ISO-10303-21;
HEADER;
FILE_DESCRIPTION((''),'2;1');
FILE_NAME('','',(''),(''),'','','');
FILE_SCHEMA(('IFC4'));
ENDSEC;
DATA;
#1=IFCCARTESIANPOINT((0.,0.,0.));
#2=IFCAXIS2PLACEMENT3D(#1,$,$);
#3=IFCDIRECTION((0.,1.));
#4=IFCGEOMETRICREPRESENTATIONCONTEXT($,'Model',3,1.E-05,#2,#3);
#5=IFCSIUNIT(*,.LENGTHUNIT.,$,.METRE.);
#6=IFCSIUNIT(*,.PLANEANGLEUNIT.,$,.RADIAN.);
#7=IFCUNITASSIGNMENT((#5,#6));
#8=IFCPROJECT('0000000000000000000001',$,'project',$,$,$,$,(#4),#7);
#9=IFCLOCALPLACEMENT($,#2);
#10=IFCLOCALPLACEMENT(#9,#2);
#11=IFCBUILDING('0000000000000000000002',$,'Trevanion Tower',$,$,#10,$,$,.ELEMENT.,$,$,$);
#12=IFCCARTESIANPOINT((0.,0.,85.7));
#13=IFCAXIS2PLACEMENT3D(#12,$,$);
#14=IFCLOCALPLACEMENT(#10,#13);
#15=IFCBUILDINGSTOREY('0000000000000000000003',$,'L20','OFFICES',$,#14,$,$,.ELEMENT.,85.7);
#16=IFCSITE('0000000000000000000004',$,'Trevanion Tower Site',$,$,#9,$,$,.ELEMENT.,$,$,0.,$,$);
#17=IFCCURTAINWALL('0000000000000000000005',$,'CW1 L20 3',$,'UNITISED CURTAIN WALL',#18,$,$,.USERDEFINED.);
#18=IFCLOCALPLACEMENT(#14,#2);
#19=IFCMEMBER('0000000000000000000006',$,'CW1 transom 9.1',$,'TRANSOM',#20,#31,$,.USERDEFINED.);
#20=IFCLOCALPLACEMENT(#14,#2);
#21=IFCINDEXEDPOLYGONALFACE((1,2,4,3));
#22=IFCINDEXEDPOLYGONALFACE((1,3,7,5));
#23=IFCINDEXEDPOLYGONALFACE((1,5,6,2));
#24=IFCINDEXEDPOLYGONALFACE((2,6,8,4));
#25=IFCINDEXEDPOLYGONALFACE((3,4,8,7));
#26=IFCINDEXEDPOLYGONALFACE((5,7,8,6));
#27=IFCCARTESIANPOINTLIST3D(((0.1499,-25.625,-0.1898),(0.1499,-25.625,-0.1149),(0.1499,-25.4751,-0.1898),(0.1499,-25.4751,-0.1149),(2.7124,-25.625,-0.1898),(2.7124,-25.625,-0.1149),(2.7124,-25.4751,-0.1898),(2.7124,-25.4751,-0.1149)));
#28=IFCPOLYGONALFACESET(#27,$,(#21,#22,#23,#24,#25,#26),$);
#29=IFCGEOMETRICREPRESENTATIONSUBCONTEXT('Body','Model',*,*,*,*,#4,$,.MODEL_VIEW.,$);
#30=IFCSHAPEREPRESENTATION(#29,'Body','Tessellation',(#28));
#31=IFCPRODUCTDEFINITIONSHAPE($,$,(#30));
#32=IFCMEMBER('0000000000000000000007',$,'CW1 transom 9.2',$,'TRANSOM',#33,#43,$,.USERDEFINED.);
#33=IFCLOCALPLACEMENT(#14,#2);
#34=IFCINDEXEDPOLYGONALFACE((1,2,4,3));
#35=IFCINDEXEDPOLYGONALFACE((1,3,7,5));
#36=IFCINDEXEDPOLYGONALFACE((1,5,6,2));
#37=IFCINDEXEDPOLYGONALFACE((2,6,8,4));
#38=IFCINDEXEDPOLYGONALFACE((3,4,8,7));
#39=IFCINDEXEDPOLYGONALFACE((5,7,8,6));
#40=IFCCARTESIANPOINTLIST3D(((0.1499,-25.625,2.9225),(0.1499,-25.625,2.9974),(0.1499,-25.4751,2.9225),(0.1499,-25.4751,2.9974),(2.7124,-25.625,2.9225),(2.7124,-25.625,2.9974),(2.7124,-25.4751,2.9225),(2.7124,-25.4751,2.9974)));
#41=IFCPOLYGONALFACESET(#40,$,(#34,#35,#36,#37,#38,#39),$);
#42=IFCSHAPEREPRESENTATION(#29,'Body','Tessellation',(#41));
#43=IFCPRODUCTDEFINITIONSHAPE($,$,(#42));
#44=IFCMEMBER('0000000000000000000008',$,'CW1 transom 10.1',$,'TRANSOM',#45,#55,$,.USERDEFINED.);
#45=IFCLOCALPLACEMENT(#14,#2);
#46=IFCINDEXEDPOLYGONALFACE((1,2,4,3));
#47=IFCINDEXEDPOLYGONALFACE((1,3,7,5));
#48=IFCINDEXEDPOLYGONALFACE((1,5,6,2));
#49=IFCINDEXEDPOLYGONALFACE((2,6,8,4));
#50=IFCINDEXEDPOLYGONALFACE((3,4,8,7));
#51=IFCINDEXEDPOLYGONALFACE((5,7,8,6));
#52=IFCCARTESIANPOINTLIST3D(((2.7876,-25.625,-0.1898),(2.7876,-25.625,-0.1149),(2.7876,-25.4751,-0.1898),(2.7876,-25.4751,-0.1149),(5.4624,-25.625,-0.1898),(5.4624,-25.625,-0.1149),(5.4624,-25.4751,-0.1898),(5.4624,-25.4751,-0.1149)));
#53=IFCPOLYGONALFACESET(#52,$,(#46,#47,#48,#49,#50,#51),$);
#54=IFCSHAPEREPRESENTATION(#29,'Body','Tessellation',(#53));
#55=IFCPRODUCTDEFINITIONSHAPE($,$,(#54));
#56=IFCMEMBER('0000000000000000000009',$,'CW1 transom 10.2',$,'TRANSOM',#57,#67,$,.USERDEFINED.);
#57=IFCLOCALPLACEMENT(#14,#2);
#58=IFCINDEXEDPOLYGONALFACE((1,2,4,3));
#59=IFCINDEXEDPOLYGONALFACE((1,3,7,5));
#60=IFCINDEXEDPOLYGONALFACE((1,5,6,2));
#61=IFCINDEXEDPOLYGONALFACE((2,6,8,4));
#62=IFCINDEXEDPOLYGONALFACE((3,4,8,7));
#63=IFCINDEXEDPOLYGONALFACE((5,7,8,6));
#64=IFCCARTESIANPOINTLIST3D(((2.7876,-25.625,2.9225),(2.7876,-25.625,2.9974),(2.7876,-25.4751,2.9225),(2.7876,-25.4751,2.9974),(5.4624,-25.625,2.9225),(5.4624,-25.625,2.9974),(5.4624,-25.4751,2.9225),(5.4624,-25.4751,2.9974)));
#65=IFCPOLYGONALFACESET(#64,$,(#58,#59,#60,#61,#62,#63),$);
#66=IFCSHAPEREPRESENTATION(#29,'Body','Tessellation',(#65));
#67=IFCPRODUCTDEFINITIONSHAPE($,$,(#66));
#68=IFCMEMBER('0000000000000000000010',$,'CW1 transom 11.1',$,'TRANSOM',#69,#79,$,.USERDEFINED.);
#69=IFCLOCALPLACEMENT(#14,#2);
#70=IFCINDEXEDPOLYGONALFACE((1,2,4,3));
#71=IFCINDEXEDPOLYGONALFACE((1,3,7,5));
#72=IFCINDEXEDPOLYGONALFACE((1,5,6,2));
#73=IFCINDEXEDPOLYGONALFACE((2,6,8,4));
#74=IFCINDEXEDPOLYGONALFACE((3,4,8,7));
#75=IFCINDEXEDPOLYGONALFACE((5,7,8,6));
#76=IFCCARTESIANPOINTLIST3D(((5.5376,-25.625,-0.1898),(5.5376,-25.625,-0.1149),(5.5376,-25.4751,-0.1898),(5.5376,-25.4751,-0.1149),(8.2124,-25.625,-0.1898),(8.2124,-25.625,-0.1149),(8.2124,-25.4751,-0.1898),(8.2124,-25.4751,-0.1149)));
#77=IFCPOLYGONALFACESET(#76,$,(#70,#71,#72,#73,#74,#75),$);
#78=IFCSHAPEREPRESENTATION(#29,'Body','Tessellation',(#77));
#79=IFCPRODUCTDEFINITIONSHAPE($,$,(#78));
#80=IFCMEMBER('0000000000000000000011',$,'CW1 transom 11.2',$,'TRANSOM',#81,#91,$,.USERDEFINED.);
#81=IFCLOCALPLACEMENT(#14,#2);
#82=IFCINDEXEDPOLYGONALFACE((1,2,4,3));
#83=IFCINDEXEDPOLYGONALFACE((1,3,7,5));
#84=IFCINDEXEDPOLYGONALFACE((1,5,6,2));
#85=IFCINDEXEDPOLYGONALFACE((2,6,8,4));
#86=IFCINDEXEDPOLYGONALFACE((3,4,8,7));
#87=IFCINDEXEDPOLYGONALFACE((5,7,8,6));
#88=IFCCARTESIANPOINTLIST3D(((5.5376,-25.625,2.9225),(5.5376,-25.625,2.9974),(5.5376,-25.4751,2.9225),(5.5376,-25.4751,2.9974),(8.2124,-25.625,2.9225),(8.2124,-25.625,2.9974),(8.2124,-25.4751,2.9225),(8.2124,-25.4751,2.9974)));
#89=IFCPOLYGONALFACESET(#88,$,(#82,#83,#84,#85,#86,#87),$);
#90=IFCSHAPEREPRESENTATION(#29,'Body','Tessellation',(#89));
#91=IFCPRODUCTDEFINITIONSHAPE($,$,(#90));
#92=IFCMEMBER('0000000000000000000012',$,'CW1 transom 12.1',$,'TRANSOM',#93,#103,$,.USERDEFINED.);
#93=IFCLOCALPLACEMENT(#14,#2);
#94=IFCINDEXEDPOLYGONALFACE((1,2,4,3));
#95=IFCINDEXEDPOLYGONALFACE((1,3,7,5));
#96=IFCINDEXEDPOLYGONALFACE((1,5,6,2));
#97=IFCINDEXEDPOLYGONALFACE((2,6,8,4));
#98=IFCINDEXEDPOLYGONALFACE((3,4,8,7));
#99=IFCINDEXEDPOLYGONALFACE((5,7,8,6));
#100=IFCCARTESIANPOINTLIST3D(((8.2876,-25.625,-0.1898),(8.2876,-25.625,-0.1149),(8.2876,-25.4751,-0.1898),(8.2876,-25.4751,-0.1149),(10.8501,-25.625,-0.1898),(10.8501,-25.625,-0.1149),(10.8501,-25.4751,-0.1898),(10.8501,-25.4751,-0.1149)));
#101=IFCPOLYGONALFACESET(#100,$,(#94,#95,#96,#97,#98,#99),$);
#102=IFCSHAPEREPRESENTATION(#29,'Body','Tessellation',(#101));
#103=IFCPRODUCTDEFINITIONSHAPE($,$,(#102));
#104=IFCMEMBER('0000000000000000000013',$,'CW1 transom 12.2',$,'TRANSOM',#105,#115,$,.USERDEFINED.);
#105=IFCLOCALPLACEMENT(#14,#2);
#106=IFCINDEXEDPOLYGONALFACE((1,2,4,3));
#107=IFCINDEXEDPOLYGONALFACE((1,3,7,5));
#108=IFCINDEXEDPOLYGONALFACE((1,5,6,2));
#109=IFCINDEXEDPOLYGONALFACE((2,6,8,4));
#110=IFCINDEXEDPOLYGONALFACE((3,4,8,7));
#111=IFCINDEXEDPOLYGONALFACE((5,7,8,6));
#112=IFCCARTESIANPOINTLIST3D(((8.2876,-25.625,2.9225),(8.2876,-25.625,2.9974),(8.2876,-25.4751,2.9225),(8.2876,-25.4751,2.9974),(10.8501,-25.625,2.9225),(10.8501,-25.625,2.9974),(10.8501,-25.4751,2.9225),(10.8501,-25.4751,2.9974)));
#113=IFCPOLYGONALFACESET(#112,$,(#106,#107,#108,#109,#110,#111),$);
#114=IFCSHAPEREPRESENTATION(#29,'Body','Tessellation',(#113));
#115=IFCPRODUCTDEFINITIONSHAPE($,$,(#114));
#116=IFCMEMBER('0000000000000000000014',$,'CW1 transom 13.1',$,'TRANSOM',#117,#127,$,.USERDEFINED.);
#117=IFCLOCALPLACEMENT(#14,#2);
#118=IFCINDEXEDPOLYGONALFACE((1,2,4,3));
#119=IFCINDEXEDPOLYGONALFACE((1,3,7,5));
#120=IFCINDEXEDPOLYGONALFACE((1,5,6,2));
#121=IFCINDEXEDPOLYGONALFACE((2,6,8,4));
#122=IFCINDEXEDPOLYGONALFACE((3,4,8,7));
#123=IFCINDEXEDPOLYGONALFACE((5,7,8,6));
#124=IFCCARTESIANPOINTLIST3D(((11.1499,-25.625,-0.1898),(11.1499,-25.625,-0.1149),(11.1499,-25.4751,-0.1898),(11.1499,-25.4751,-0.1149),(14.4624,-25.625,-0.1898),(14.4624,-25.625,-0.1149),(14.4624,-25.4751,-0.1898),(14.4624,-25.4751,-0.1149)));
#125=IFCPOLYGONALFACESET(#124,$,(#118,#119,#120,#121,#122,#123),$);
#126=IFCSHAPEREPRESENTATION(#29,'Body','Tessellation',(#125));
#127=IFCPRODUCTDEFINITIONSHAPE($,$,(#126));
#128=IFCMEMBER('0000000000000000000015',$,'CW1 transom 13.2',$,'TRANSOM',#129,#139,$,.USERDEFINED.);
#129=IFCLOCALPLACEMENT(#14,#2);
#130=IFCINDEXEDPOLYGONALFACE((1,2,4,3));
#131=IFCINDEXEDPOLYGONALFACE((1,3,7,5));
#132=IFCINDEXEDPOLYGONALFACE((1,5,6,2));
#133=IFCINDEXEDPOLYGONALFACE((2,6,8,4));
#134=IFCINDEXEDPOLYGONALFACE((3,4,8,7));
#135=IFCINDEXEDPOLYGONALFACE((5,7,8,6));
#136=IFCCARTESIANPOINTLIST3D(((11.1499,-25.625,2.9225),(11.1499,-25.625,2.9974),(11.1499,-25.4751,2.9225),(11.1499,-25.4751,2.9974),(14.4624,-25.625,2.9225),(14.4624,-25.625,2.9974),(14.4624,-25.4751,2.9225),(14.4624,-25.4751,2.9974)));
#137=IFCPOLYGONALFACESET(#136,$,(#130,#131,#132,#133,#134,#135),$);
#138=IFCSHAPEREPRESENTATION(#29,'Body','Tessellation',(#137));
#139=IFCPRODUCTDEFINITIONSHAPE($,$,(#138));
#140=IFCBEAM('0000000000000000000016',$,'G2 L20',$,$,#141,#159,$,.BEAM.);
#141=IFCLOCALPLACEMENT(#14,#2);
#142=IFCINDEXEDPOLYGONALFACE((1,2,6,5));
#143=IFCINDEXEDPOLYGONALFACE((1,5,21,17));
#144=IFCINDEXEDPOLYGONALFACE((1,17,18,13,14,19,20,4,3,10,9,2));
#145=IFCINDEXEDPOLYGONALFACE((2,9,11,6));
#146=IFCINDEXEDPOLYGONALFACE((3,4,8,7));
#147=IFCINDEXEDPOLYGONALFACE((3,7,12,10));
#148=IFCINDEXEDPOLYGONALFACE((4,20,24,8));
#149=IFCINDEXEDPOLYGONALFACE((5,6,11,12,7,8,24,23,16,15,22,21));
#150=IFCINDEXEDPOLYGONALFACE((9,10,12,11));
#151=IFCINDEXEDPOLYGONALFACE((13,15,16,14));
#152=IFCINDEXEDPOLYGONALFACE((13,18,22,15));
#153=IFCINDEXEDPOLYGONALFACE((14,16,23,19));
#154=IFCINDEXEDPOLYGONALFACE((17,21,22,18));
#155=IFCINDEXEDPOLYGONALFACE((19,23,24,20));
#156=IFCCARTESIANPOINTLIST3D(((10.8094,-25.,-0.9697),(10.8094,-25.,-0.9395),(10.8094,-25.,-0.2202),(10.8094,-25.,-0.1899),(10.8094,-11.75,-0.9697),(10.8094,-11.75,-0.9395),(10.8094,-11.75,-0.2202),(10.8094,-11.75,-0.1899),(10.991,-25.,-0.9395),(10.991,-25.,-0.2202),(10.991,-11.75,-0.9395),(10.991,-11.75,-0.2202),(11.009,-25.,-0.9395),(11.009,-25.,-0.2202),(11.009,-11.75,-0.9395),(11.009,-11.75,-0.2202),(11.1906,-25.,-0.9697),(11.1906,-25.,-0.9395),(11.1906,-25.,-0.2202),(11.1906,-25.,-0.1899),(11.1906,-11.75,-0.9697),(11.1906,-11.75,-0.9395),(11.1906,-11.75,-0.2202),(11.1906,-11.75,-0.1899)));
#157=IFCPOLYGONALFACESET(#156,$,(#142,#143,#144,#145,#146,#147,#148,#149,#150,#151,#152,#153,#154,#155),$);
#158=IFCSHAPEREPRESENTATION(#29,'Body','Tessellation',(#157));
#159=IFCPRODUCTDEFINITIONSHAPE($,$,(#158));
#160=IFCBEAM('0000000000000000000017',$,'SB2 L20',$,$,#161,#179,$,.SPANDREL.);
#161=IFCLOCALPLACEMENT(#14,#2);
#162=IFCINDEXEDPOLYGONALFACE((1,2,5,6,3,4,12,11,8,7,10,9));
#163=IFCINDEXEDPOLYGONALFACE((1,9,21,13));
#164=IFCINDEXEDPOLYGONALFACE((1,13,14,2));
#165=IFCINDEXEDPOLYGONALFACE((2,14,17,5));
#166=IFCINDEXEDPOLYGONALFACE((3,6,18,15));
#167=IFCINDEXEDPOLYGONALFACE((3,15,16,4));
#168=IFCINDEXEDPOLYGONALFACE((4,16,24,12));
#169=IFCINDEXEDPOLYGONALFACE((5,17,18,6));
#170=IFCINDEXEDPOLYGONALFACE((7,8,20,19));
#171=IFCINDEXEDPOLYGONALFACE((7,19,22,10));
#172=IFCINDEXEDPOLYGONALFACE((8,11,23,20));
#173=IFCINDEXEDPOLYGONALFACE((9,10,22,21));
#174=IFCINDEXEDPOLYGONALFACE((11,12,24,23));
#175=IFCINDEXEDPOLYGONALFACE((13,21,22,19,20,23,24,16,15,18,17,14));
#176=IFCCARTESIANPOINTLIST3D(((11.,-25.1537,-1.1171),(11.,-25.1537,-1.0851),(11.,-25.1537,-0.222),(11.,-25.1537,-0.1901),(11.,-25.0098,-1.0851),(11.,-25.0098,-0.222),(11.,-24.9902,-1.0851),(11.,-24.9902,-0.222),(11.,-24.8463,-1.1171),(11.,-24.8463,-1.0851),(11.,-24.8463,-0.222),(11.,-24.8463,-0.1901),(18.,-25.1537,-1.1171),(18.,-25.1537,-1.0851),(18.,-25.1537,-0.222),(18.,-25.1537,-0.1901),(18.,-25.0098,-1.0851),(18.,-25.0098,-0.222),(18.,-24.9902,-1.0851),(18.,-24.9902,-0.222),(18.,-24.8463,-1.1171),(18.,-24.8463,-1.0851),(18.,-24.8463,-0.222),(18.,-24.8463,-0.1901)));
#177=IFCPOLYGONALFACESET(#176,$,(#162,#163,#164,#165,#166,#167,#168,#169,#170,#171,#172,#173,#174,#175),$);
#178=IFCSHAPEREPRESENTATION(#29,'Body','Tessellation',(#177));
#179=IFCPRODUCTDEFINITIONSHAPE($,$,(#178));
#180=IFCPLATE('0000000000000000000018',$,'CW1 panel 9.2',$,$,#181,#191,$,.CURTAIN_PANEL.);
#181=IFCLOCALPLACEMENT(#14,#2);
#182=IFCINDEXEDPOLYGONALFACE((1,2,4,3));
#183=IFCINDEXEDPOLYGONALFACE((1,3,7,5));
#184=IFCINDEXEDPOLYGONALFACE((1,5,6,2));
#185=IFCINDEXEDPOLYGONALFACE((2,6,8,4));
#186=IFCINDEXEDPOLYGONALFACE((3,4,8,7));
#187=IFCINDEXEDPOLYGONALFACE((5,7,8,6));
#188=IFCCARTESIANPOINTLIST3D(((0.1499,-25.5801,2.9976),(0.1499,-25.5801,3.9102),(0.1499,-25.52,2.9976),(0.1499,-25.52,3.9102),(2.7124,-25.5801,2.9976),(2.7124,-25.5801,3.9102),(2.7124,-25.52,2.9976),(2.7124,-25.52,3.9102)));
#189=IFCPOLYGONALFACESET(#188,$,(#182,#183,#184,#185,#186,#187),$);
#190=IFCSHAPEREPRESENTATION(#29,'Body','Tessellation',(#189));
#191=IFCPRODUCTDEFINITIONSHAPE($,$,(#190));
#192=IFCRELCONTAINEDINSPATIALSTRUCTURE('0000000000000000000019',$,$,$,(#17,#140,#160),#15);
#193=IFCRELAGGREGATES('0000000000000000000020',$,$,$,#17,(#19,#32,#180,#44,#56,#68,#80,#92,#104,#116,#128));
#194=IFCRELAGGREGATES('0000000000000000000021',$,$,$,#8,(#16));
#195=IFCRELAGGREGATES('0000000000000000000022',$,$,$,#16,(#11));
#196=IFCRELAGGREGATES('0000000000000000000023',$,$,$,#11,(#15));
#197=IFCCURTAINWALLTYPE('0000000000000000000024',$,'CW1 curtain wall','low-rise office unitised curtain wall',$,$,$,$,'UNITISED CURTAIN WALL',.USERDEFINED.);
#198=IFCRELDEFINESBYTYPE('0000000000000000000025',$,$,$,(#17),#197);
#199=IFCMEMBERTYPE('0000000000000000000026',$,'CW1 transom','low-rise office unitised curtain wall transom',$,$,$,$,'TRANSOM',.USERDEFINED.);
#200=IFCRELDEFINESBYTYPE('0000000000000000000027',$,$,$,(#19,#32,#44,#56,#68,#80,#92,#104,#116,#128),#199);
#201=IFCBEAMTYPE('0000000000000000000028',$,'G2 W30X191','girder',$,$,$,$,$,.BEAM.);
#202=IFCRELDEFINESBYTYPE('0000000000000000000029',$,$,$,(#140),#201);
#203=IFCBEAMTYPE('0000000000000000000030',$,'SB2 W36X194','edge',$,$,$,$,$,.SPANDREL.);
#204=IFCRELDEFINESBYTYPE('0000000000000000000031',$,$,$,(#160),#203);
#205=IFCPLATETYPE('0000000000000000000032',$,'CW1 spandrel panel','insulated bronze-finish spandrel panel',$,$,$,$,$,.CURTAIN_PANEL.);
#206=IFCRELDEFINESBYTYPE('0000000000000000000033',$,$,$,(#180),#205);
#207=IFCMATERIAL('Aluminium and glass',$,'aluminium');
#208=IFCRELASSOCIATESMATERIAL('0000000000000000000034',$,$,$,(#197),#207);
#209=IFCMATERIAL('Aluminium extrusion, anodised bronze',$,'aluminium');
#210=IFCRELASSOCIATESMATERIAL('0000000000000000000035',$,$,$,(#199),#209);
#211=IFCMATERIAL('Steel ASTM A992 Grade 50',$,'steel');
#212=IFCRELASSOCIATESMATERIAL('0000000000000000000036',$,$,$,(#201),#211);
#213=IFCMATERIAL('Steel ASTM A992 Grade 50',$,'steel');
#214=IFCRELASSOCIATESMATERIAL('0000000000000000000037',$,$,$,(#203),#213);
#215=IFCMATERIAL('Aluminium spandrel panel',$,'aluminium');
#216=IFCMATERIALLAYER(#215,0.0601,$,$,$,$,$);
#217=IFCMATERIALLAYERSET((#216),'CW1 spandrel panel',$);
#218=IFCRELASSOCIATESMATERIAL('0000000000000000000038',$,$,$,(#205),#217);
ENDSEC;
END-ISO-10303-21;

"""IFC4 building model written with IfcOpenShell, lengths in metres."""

from ifc_helpers import new_model, si_unit, direction, frame, origin, origin_2d, place, context, subcontext, project, spatial, rectangle, i_section, extrude, material, layer, layer_set, material_profile, profile_set, type_object, element, aggregate, save


model = new_model("IFC4")

# Units and contexts
model_context = context("Model", 3, precision=1e-05, world=origin(), true_north=direction((0.0, 1.0)))
body_context = subcontext(model_context, "Body", "Model", "MODEL_VIEW")
ifc_project = project(units=[si_unit("LENGTHUNIT", "METRE"), si_unit("PLANEANGLEUNIT", "RADIAN")], contexts=[model_context])

# Site, building, storey
site_placement = place(None, origin())
site = spatial("IfcSite", under=ifc_project, at=site_placement, Name="Trevanion Tower Site", CompositionType="ELEMENT", RefElevation=0.0)
building_placement = place(site_placement, origin())
building = spatial("IfcBuilding", under=site, at=building_placement, Name="Trevanion Tower", CompositionType="ELEMENT")
storey_placement = place(building_placement, frame((0.0, 0.0, 85.7)))
storey = spatial("IfcBuildingStorey", under=building, at=storey_placement, Name="L20", Description="OFFICES", CompositionType="ELEMENT", Elevation=85.7)

# Curtain wall, members
ifc_material_1 = material(Name="Aluminium and glass", Category="aluminium")
curtain_wall_type = type_object("IfcCurtainWallType", Name="CW1 curtain wall", Description="low-rise office unitised curtain wall", ElementType="UNITISED CURTAIN WALL", PredefinedType="USERDEFINED", material=ifc_material_1)
curtain_wall_placement = place(storey_placement, origin())
curtain_wall = element("IfcCurtainWall", 1, at=curtain_wall_placement, inside=storey, type_object=curtain_wall_type, Name="CW1 L20 3", ObjectType="UNITISED CURTAIN WALL", PredefinedType="USERDEFINED")
ifc_material_2 = material(Name="Aluminium extrusion, anodised bronze", Category="aluminium")
ifc_material_profile_1 = material_profile(ifc_material_2, rectangle(XDim=0.1499, YDim=0.075, at=origin_2d()), Name="CW1 transom")
ifc_profile_set_1 = profile_set([ifc_material_profile_1], Name="Aluminium extrusion, anodised bronze")
member_type_1 = type_object("IfcMemberType", Name="CW1 transom", Description="low-rise office unitised curtain wall transom", ElementType="TRANSOM", PredefinedType="USERDEFINED", material=ifc_profile_set_1)
member_1_placement = place(storey_placement, frame((0.1499, -25.55, -0.1523), z_axis=(1.0, 0.0, 0.0), x_axis=(0.0, 1.0, 0.0)))
member_1 = element("IfcMember", 2, at=member_1_placement, type_object=member_type_1, Name="CW1 transom 9.1", ObjectType="TRANSOM", PredefinedType="USERDEFINED", context=body_context, shape_type="SweptSolid", body=[
    extrude(rectangle(XDim=0.1499, YDim=0.075, at=origin_2d()), origin(), (0.0, 0.0, 1.0), 2.5625),
])
member_2_placement = place(storey_placement, frame((0.1499, -25.55, 2.96), z_axis=(1.0, 0.0, 0.0), x_axis=(0.0, 1.0, 0.0)))
member_2 = element("IfcMember", 3, at=member_2_placement, type_object=member_type_1, Name="CW1 transom 9.2", ObjectType="TRANSOM", PredefinedType="USERDEFINED", context=body_context, shape_type="SweptSolid", body=[
    extrude(rectangle(XDim=0.1499, YDim=0.075, at=origin_2d()), origin(), (0.0, 0.0, 1.0), 2.5625),
])
member_3_placement = place(storey_placement, frame((2.7876, -25.55, -0.1523), z_axis=(1.0, 0.0, 0.0), x_axis=(0.0, 1.0, 0.0)))
member_3 = element("IfcMember", 4, at=member_3_placement, type_object=member_type_1, Name="CW1 transom 10.1", ObjectType="TRANSOM", PredefinedType="USERDEFINED", context=body_context, shape_type="SweptSolid", body=[
    extrude(rectangle(XDim=0.1499, YDim=0.075, at=origin_2d()), origin(), (0.0, 0.0, 1.0), 2.6748),
])
member_4_placement = place(storey_placement, frame((2.7876, -25.55, 2.96), z_axis=(1.0, 0.0, 0.0), x_axis=(0.0, 1.0, 0.0)))
member_4 = element("IfcMember", 5, at=member_4_placement, type_object=member_type_1, Name="CW1 transom 10.2", ObjectType="TRANSOM", PredefinedType="USERDEFINED", context=body_context, shape_type="SweptSolid", body=[
    extrude(rectangle(XDim=0.1499, YDim=0.075, at=origin_2d()), origin(), (0.0, 0.0, 1.0), 2.6748),
])
member_5_placement = place(storey_placement, frame((5.5376, -25.55, -0.1523), z_axis=(1.0, 0.0, 0.0), x_axis=(0.0, 1.0, 0.0)))
member_5 = element("IfcMember", 6, at=member_5_placement, type_object=member_type_1, Name="CW1 transom 11.1", ObjectType="TRANSOM", PredefinedType="USERDEFINED", context=body_context, shape_type="SweptSolid", body=[
    extrude(rectangle(XDim=0.1499, YDim=0.075, at=origin_2d()), origin(), (0.0, 0.0, 1.0), 2.6748),
])
member_6_placement = place(storey_placement, frame((5.5376, -25.55, 2.96), z_axis=(1.0, 0.0, 0.0), x_axis=(0.0, 1.0, 0.0)))
member_6 = element("IfcMember", 7, at=member_6_placement, type_object=member_type_1, Name="CW1 transom 11.2", ObjectType="TRANSOM", PredefinedType="USERDEFINED", context=body_context, shape_type="SweptSolid", body=[
    extrude(rectangle(XDim=0.1499, YDim=0.075, at=origin_2d()), origin(), (0.0, 0.0, 1.0), 2.6748),
])
member_7_placement = place(storey_placement, frame((8.2876, -25.55, -0.1523), z_axis=(1.0, 0.0, 0.0), x_axis=(0.0, 1.0, 0.0)))
member_7 = element("IfcMember", 8, at=member_7_placement, type_object=member_type_1, Name="CW1 transom 12.1", ObjectType="TRANSOM", PredefinedType="USERDEFINED", context=body_context, shape_type="SweptSolid", body=[
    extrude(rectangle(XDim=0.1499, YDim=0.075, at=origin_2d()), origin(), (0.0, 0.0, 1.0), 2.5625),
])
member_8_placement = place(storey_placement, frame((8.2876, -25.55, 2.96), z_axis=(1.0, 0.0, 0.0), x_axis=(0.0, 1.0, 0.0)))
member_8 = element("IfcMember", 9, at=member_8_placement, type_object=member_type_1, Name="CW1 transom 12.2", ObjectType="TRANSOM", PredefinedType="USERDEFINED", context=body_context, shape_type="SweptSolid", body=[
    extrude(rectangle(XDim=0.1499, YDim=0.075, at=origin_2d()), origin(), (0.0, 0.0, 1.0), 2.5625),
])
member_9_placement = place(storey_placement, frame((11.1499, -25.55, -0.1523), z_axis=(1.0, 0.0, 0.0), x_axis=(0.0, 1.0, 0.0)))
member_9 = element("IfcMember", 10, at=member_9_placement, type_object=member_type_1, Name="CW1 transom 13.1", ObjectType="TRANSOM", PredefinedType="USERDEFINED", context=body_context, shape_type="SweptSolid", body=[
    extrude(rectangle(XDim=0.1499, YDim=0.075, at=origin_2d()), origin(), (0.0, 0.0, 1.0), 3.3125),
])
member_10_placement = place(storey_placement, frame((11.1499, -25.55, 2.96), z_axis=(1.0, 0.0, 0.0), x_axis=(0.0, 1.0, 0.0)))
member_10 = element("IfcMember", 11, at=member_10_placement, type_object=member_type_1, Name="CW1 transom 13.2", ObjectType="TRANSOM", PredefinedType="USERDEFINED", context=body_context, shape_type="SweptSolid", body=[
    extrude(rectangle(XDim=0.1499, YDim=0.075, at=origin_2d()), origin(), (0.0, 0.0, 1.0), 3.3125),
])

# Beams
ifc_material_3 = material(Name="Steel ASTM A992 Grade 50", Category="steel")
ifc_material_profile_2 = material_profile(ifc_material_3, i_section(OverallWidth=0.3811, OverallDepth=0.7798, WebThickness=0.0181, FlangeThickness=0.0303, at=origin_2d()), Name="W30X191")
ifc_profile_set_2 = profile_set([ifc_material_profile_2], Name="Steel ASTM A992 Grade 50")
beam_type_1 = type_object("IfcBeamType", Name="G2 W30X191", Description="girder", PredefinedType="BEAM", material=ifc_profile_set_2)
beam_1_placement = place(storey_placement, frame((11.0, -11.75, -0.5798), z_axis=(0.0, -1.0, 0.0), x_axis=(1.0, 0.0, 0.0)))
element("IfcBeam", 12, at=beam_1_placement, inside=storey, type_object=beam_type_1, Name="G2 L20", PredefinedType="BEAM", context=body_context, shape_type="SweptSolid", body=[
    extrude(i_section(OverallWidth=0.3811, OverallDepth=0.7798, WebThickness=0.0181, FlangeThickness=0.0303, at=origin_2d()), origin(), (0.0, 0.0, 1.0), 13.25),
])
ifc_material_4 = material(Name="Steel ASTM A992 Grade 50", Category="steel")
ifc_material_profile_3 = material_profile(ifc_material_4, i_section(OverallWidth=0.3074, OverallDepth=0.927, WebThickness=0.0195, FlangeThickness=0.032, at=origin_2d()), Name="W36X194")
ifc_profile_set_3 = profile_set([ifc_material_profile_3], Name="Steel ASTM A992 Grade 50")
beam_type_2 = type_object("IfcBeamType", Name="SB2 W36X194", Description="edge", PredefinedType="SPANDREL", material=ifc_profile_set_3)
beam_2_placement = place(storey_placement, frame((11.0, -25.0, -0.6536), z_axis=(1.0, 0.0, 0.0), x_axis=(0.0, 1.0, 0.0)))
element("IfcBeam", 13, at=beam_2_placement, inside=storey, type_object=beam_type_2, Name="SB2 L20", PredefinedType="SPANDREL", context=body_context, shape_type="SweptSolid", body=[
    extrude(i_section(OverallWidth=0.3074, OverallDepth=0.927, WebThickness=0.0195, FlangeThickness=0.032, at=origin_2d()), origin(), (0.0, 0.0, 1.0), 7.0),
])

# Plate
ifc_material_5 = material(Name="Aluminium spandrel panel", Category="aluminium")
ifc_layer_1 = layer(ifc_material_5, 0.0601)
ifc_layer_set_1 = layer_set([ifc_layer_1], Name="CW1 spandrel panel")
plate_type_1 = type_object("IfcPlateType", Name="CW1 spandrel panel", Description="insulated bronze-finish spandrel panel", PredefinedType="CURTAIN_PANEL", material=ifc_layer_set_1)
plate_1_placement = place(storey_placement, frame((1.4312, -25.55, 2.9976), z_axis=(0.0, 0.0, 1.0), x_axis=(1.0, 0.0, 0.0)))
plate_1 = element("IfcPlate", 14, at=plate_1_placement, type_object=plate_type_1, Name="CW1 panel 9.2", PredefinedType="CURTAIN_PANEL", context=body_context, shape_type="SweptSolid", body=[
    extrude(rectangle(XDim=2.5625, YDim=0.0601, at=origin_2d()), origin(), (0.0, 0.0, 1.0), 0.9126),
])
aggregate(curtain_wall, [member_1, member_2, plate_1, member_3, member_4, member_5, member_6, member_7, member_8, member_9, member_10])

save(model, "model.ifc")
